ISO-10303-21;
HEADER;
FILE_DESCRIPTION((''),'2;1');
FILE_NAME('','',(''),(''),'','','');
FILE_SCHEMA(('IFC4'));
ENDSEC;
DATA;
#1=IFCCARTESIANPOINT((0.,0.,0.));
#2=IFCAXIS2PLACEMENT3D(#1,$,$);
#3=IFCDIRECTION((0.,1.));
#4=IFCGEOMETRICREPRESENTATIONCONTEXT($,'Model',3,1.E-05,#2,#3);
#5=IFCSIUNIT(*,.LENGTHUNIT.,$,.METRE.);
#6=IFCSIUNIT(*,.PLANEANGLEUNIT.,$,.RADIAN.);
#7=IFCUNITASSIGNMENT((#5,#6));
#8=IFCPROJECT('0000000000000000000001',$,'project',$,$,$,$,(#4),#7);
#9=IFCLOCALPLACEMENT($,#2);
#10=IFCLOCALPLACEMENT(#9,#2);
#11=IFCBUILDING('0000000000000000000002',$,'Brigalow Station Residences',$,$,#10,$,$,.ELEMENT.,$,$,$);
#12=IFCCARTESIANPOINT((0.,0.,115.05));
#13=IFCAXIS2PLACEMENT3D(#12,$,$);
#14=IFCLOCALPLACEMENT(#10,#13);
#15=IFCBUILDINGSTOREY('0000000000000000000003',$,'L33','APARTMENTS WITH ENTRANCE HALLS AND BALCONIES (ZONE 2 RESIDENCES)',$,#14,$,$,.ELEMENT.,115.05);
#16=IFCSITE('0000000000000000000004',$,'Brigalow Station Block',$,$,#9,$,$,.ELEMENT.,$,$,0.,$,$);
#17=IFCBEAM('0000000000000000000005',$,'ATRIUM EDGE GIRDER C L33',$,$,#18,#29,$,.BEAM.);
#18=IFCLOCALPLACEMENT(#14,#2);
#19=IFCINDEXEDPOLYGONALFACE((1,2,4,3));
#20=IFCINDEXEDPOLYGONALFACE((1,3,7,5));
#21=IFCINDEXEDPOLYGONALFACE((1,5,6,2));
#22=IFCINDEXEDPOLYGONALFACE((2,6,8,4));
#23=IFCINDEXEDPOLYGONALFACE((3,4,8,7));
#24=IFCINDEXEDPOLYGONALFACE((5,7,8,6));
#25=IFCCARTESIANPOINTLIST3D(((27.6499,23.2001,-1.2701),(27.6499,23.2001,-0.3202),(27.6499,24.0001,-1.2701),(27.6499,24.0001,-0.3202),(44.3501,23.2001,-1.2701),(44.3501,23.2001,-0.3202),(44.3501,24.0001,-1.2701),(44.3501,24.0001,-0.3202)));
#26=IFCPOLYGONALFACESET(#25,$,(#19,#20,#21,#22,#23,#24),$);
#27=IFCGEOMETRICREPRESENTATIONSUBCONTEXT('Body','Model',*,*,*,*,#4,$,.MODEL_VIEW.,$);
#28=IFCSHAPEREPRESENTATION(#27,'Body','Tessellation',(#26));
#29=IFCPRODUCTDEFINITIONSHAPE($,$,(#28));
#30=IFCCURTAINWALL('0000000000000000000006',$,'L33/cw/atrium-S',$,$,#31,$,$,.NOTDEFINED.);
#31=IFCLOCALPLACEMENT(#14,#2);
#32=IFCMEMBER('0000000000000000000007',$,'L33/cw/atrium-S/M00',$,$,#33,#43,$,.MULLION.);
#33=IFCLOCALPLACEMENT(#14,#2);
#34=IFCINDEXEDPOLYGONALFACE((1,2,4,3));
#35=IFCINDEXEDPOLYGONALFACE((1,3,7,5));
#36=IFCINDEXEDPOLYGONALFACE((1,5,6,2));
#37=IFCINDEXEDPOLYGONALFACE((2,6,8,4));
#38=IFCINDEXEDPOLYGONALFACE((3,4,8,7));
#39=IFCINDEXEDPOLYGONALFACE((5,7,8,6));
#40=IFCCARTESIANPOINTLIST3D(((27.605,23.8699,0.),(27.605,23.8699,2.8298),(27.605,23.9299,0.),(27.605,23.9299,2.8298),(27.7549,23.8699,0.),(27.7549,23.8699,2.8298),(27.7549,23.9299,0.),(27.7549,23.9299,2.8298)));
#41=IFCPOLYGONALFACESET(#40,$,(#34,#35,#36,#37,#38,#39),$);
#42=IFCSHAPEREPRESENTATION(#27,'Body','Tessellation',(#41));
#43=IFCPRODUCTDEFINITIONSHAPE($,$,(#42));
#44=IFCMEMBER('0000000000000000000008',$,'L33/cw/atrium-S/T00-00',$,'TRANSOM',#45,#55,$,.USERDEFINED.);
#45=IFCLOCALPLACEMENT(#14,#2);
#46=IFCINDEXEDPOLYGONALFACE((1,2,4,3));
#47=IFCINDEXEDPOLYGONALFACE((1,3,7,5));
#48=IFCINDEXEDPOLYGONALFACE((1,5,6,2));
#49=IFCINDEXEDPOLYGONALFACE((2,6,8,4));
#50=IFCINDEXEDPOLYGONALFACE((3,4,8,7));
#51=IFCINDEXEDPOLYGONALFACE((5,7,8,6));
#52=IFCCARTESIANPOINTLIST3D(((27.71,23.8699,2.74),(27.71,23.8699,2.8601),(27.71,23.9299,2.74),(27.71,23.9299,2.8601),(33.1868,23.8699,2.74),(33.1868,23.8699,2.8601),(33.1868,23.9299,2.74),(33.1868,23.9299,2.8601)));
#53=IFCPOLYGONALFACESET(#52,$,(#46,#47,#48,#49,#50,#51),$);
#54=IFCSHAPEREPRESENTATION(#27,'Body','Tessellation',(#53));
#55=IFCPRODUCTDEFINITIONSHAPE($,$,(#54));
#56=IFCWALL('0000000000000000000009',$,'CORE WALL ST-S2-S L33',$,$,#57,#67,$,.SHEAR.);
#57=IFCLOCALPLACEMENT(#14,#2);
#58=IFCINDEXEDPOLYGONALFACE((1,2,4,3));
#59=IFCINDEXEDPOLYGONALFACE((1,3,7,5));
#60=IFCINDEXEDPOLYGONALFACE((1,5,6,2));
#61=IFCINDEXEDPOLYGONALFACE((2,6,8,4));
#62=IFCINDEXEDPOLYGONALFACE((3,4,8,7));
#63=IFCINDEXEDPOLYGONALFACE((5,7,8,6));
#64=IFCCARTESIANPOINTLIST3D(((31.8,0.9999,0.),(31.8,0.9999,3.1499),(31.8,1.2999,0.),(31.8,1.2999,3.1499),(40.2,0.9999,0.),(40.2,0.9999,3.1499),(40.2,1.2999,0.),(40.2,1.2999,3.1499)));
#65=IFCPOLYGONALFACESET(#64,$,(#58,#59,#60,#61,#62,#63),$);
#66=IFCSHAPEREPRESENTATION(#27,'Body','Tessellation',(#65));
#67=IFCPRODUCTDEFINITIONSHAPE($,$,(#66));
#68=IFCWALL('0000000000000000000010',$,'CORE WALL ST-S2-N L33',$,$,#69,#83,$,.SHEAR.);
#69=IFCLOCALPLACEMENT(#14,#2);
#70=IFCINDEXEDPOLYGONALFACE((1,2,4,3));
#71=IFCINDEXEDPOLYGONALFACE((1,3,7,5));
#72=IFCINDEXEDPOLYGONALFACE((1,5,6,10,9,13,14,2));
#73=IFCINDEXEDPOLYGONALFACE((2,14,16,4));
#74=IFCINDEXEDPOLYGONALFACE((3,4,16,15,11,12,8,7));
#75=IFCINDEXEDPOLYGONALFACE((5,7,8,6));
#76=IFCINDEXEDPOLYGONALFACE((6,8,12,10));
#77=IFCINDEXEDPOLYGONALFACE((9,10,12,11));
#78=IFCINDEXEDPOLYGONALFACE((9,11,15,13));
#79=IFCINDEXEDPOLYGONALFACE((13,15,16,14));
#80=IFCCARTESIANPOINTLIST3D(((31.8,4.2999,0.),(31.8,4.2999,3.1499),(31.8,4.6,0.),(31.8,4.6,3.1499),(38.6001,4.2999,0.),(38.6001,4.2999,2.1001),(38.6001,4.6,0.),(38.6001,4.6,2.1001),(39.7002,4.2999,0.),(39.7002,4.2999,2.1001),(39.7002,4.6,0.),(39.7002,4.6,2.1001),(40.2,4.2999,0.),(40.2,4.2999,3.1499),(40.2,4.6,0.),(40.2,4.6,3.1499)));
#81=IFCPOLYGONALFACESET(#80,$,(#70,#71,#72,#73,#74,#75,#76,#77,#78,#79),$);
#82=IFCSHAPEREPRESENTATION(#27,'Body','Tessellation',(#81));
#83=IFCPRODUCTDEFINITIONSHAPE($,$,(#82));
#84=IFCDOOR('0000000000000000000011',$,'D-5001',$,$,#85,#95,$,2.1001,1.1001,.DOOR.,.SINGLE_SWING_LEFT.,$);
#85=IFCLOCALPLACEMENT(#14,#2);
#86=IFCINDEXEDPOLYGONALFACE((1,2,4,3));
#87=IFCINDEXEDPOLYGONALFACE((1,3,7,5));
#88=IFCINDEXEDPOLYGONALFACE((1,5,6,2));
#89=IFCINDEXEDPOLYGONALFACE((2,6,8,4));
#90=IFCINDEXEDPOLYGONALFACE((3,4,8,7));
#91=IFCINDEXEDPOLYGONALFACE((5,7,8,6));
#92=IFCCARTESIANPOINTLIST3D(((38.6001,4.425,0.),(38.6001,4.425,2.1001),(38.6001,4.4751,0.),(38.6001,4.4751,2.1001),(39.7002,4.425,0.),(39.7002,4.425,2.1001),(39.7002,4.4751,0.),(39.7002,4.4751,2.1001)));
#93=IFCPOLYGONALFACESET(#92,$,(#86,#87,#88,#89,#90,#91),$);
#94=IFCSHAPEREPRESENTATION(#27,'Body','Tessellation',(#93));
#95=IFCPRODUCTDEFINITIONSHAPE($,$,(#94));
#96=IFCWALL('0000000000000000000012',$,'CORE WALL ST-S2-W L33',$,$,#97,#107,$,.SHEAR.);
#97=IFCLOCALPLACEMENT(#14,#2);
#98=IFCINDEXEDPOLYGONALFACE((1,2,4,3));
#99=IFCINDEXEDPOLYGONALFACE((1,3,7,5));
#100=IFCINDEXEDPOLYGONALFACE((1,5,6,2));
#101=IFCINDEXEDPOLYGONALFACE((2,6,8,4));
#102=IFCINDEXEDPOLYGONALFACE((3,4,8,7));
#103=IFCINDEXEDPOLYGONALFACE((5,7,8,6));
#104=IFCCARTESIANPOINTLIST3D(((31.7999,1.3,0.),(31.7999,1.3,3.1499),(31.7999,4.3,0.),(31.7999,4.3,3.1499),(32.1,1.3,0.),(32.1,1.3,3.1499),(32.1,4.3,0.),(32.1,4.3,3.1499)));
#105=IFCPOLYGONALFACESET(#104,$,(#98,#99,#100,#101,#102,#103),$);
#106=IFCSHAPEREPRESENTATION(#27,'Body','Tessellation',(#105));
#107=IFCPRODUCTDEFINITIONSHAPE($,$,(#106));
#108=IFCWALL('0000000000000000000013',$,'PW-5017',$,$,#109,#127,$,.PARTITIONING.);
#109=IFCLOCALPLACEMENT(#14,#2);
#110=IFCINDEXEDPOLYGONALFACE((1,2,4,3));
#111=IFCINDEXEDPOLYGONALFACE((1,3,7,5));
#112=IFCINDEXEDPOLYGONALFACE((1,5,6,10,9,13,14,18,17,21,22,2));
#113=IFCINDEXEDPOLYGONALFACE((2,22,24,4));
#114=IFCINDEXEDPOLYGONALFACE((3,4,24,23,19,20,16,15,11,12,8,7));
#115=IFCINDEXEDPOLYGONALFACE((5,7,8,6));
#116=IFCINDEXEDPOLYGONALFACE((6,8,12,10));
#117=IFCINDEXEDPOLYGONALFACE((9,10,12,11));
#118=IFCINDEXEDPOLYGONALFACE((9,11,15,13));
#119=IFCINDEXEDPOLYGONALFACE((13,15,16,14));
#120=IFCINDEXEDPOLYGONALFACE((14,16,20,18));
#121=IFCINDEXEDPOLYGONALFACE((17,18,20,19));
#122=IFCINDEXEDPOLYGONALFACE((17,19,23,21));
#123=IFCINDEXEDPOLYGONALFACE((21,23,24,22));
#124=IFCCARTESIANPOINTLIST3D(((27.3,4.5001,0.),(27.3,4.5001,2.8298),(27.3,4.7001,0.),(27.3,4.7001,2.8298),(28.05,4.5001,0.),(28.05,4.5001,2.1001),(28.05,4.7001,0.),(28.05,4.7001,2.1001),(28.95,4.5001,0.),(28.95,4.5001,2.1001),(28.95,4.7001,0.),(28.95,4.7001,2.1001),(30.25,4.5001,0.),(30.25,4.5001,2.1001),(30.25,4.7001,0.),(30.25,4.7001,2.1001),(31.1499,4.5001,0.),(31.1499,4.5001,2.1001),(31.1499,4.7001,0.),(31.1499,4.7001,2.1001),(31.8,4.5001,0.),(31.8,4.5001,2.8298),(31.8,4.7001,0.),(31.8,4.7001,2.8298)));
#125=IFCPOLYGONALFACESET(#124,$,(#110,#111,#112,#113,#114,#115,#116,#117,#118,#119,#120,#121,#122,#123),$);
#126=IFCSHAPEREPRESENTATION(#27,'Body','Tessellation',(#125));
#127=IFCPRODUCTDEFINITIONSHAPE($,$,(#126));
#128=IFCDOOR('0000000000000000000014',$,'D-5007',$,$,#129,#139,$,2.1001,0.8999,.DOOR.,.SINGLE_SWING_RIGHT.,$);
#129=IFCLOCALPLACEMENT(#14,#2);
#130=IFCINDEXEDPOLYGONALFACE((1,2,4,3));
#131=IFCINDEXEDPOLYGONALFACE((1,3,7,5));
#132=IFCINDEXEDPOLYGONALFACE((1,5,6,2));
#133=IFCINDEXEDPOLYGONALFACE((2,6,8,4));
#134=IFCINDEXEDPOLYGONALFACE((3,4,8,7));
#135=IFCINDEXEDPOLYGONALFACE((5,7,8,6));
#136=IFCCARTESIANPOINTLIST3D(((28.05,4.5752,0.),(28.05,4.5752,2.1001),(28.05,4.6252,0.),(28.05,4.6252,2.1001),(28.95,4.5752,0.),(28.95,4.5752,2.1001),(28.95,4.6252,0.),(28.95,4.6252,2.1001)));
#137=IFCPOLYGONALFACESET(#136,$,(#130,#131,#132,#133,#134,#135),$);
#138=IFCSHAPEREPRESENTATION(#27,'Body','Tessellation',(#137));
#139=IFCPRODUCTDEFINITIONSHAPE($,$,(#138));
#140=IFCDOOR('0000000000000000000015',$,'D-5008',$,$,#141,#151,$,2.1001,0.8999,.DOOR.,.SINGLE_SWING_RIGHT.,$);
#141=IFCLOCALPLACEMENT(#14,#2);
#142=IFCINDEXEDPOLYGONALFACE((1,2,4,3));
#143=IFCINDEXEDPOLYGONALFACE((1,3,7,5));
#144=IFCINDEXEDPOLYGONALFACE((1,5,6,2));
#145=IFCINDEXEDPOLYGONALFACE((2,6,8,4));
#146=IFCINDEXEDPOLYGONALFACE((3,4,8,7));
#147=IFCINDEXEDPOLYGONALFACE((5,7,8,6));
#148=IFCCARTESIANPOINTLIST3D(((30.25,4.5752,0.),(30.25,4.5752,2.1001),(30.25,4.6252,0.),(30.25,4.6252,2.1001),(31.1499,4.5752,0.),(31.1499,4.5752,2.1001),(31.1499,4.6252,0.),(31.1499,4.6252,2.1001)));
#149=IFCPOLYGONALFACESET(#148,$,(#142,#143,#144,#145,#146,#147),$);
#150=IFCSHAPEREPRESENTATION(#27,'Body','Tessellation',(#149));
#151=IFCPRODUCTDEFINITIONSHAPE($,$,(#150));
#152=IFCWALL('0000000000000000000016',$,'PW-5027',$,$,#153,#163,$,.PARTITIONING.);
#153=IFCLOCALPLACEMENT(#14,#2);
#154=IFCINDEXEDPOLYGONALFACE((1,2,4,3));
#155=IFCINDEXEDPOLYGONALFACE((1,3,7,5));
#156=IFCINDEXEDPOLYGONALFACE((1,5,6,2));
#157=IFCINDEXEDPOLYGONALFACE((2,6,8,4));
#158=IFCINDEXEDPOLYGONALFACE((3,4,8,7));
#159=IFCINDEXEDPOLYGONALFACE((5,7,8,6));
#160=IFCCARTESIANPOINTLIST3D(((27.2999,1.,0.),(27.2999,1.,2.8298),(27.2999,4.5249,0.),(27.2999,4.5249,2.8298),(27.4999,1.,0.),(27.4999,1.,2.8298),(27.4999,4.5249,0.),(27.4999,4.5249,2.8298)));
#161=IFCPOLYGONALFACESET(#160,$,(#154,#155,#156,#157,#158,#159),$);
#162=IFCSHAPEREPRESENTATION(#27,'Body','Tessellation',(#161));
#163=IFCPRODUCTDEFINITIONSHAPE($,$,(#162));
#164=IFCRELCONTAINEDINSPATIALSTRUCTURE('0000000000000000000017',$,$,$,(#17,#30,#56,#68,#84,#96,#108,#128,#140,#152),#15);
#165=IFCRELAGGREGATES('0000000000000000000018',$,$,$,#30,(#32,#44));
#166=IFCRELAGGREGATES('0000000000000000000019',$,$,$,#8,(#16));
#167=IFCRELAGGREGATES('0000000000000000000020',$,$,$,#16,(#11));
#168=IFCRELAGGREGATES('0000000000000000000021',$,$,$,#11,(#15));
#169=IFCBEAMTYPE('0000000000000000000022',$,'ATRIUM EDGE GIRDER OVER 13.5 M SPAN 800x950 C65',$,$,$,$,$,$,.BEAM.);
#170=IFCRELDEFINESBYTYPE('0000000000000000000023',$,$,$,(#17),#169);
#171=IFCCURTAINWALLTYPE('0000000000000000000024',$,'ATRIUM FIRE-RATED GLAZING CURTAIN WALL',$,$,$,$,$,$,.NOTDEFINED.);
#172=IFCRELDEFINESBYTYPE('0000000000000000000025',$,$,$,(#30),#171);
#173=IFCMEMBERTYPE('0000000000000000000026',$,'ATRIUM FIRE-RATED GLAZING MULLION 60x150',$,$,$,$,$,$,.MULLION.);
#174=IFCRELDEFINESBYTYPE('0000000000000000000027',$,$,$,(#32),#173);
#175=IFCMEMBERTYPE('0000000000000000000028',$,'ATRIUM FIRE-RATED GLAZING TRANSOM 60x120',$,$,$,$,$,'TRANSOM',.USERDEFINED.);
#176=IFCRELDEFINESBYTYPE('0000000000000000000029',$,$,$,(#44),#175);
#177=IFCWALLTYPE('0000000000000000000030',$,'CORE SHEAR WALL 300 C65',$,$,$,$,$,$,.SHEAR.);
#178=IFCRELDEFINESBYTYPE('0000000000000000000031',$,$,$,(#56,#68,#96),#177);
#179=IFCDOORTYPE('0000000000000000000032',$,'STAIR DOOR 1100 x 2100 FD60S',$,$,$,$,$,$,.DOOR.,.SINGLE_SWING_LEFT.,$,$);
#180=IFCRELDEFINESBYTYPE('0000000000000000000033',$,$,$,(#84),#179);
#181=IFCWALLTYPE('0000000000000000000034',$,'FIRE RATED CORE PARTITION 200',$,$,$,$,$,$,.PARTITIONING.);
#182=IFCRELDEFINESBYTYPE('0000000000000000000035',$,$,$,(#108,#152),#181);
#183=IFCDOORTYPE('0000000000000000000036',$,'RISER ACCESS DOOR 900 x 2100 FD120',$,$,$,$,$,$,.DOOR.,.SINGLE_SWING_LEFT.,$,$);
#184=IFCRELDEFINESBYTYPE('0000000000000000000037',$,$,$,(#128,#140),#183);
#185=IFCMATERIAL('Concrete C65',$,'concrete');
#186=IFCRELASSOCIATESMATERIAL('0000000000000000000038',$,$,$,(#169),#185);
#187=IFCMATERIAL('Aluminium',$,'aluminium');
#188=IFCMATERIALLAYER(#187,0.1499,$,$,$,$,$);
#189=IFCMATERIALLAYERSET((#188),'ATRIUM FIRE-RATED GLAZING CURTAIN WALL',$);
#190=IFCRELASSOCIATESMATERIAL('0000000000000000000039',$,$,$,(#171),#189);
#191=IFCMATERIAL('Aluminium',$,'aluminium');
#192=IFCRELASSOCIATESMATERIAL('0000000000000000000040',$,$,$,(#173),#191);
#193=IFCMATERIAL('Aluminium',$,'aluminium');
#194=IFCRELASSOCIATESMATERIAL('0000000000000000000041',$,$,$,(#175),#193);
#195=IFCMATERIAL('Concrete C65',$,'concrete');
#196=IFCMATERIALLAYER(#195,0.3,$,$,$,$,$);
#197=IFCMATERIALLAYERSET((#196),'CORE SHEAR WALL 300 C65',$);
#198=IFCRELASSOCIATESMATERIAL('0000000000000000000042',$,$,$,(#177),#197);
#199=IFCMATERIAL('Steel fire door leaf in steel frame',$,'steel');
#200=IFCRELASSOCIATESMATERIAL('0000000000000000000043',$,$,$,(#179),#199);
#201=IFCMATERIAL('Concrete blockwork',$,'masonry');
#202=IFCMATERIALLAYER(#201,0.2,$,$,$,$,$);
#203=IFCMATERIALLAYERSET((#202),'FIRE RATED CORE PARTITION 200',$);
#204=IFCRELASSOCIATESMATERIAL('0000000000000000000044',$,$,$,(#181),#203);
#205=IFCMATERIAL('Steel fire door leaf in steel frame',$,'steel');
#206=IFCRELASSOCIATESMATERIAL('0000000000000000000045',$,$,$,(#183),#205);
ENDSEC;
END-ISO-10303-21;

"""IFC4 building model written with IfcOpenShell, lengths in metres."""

from ifc_helpers import new_model, si_unit, direction, frame, frame_2d, origin, origin_2d, place, context, subcontext, project, spatial, rectangle, extrude, material, layer, layer_set, material_profile, profile_set, type_object, element, fill, aggregate, save


model = new_model("IFC4")

# Units and contexts
model_context = context("Model", 3, precision=1e-05, world=origin(), true_north=direction((0.0, 1.0)))
body_context = subcontext(model_context, "Body", "Model", "MODEL_VIEW")
ifc_project = project(units=[si_unit("LENGTHUNIT", "METRE"), si_unit("PLANEANGLEUNIT", "RADIAN")], contexts=[model_context])

# Site, building, storey
site_placement = place(None, origin())
site = spatial("IfcSite", under=ifc_project, at=site_placement, Name="Brigalow Station Block", CompositionType="ELEMENT", RefElevation=0.0)
building_placement = place(site_placement, origin())
building = spatial("IfcBuilding", under=site, at=building_placement, Name="Brigalow Station Residences", CompositionType="ELEMENT")
storey_placement = place(building_placement, frame((0.0, 0.0, 115.05)))
storey = spatial("IfcBuildingStorey", under=building, at=storey_placement, Name="L33", Description="APARTMENTS WITH ENTRANCE HALLS AND BALCONIES (ZONE 2 RESIDENCES)", CompositionType="ELEMENT", Elevation=115.05)

# Beam
ifc_material_1 = material(Name="Concrete C65", Category="concrete")
ifc_material_profile_1 = material_profile(ifc_material_1, rectangle(XDim=0.8, YDim=0.95, at=origin_2d()), Name="RC800x950")
ifc_profile_set_1 = profile_set([ifc_material_profile_1], Name="Concrete C65")
beam_type = type_object("IfcBeamType", Name="ATRIUM EDGE GIRDER OVER 13.5 M SPAN 800x950 C65", PredefinedType="BEAM", material=ifc_profile_set_1)
beam_placement = place(storey_placement, frame((27.6499, 23.6001, -0.7952), z_axis=(1.0, 0.0, 0.0), x_axis=(0.0, 1.0, 0.0)))
element("IfcBeam", 1, at=beam_placement, inside=storey, type_object=beam_type, Name="ATRIUM EDGE GIRDER C L33", PredefinedType="BEAM", context=body_context, shape_type="SweptSolid", body=[
    extrude(rectangle(XDim=0.8, YDim=0.95, at=origin_2d()), origin(), (0.0, 0.0, 1.0), 16.7002),
])

# Curtain wall, members
ifc_material_2 = material(Name="Aluminium", Category="aluminium")
ifc_layer_1 = layer(ifc_material_2, 0.1499)
ifc_layer_set_1 = layer_set([ifc_layer_1], Name="ATRIUM FIRE-RATED GLAZING CURTAIN WALL")
curtain_wall_type = type_object("IfcCurtainWallType", Name="ATRIUM FIRE-RATED GLAZING CURTAIN WALL", PredefinedType="NOTDEFINED", material=ifc_layer_set_1)
curtain_wall_placement = place(storey_placement, origin())
curtain_wall = element("IfcCurtainWall", 2, at=curtain_wall_placement, inside=storey, type_object=curtain_wall_type, Name="L33/cw/atrium-S", PredefinedType="NOTDEFINED")
ifc_material_3 = material(Name="Aluminium", Category="aluminium")
ifc_material_profile_2 = material_profile(ifc_material_3, rectangle(XDim=0.0601, YDim=0.1499, at=origin_2d()), Name="ATRIUM FIRE-RATED GLAZING MULLION 60x150")
ifc_profile_set_2 = profile_set([ifc_material_profile_2], Name="Aluminium")
member_type_1 = type_object("IfcMemberType", Name="ATRIUM FIRE-RATED GLAZING MULLION 60x150", PredefinedType="MULLION", material=ifc_profile_set_2)
member_1_placement = place(storey_placement, frame((27.6799, 23.8999, 0.0), z_axis=(0.0, 0.0, 1.0), x_axis=(0.0, 1.0, 0.0)))
member_1 = element("IfcMember", 3, at=member_1_placement, type_object=member_type_1, Name="L33/cw/atrium-S/M00", PredefinedType="MULLION", context=body_context, shape_type="SweptSolid", body=[
    extrude(rectangle(XDim=0.0601, YDim=0.1499, at=origin_2d()), origin(), (0.0, 0.0, 1.0), 2.8298),
])
ifc_material_4 = material(Name="Aluminium", Category="aluminium")
ifc_material_profile_3 = material_profile(ifc_material_4, rectangle(XDim=0.0601, YDim=0.1201, at=origin_2d()), Name="ATRIUM FIRE-RATED GLAZING TRANSOM 60x120")
ifc_profile_set_3 = profile_set([ifc_material_profile_3], Name="Aluminium")
member_type_2 = type_object("IfcMemberType", Name="ATRIUM FIRE-RATED GLAZING TRANSOM 60x120", ElementType="TRANSOM", PredefinedType="USERDEFINED", material=ifc_profile_set_3)
member_2_placement = place(storey_placement, frame((27.71, 23.8999, 2.8), z_axis=(1.0, 0.0, 0.0), x_axis=(0.0, 1.0, 0.0)))
member_2 = element("IfcMember", 4, at=member_2_placement, type_object=member_type_2, Name="L33/cw/atrium-S/T00-00", ObjectType="TRANSOM", PredefinedType="USERDEFINED", context=body_context, shape_type="SweptSolid", body=[
    extrude(rectangle(XDim=0.0601, YDim=0.1201, at=origin_2d()), origin(), (0.0, 0.0, 1.0), 5.4768),
])
aggregate(curtain_wall, [member_1, member_2])

# Wall
ifc_material_5 = material(Name="Concrete C65", Category="concrete")
ifc_layer_2 = layer(ifc_material_5, 0.3)
ifc_layer_set_2 = layer_set([ifc_layer_2], Name="CORE SHEAR WALL 300 C65")
wall_type_1 = type_object("IfcWallType", Name="CORE SHEAR WALL 300 C65", PredefinedType="SHEAR", material=ifc_layer_set_2)
wall_1_placement = place(storey_placement, frame((31.8, 1.1499, 0.0), z_axis=(0.0, 0.0, 1.0), x_axis=(1.0, 0.0, 0.0)))
element("IfcWall", 5, at=wall_1_placement, inside=storey, type_object=wall_type_1, Name="CORE WALL ST-S2-S L33", PredefinedType="SHEAR", context=body_context, shape_type="SweptSolid", body=[
    extrude(rectangle(XDim=8.3999, YDim=0.3, at=frame_2d((4.2, 0.0))), origin(), (0.0, 0.0, 1.0), 3.1499),
])

# Wall, opening, door
wall_2_placement = place(storey_placement, frame((31.8, 4.45, 0.0), z_axis=(0.0, 0.0, 1.0), x_axis=(1.0, 0.0, 0.0)))
wall_2 = element("IfcWall", 6, at=wall_2_placement, inside=storey, type_object=wall_type_1, Name="CORE WALL ST-S2-N L33", PredefinedType="SHEAR", context=body_context, shape_type="SweptSolid", body=[
    extrude(rectangle(XDim=8.3999, YDim=0.3, at=frame_2d((4.2, 0.0))), origin(), (0.0, 0.0, 1.0), 3.1499),
])
opening_1_placement = place(wall_2_placement, frame((6.8, 0.0, 0.0)))
opening_1 = element("IfcOpeningElement", 7, at=opening_1_placement, cuts=wall_2, PredefinedType="OPENING", context=body_context, shape_type="SweptSolid", body=[
    extrude(rectangle(XDim=1.1001, YDim=2.1001, at=frame_2d((0.55, 1.05))), frame((0.0, 0.1602, 0.0), z_axis=(0.0, -1.0, 0.0), x_axis=(1.0, 0.0, 0.0)), (0.0, 0.0, 1.0), 0.3201),
])
ifc_material_6 = material(Name="Steel fire door leaf in steel frame", Category="steel")
door_type_1 = type_object("IfcDoorType", Name="STAIR DOOR 1100 x 2100 FD60S", OperationType="SINGLE_SWING_LEFT", PredefinedType="DOOR", material=ifc_material_6)
door_1_placement = place(opening_1_placement, frame((1.1001, 0.0, 0.0), z_axis=(0.0, 0.0, 1.0), x_axis=(-1.0, 0.0, 0.0)))
door_1 = element("IfcDoor", 8, at=door_1_placement, inside=storey, type_object=door_type_1, Name="D-5001", OperationType="SINGLE_SWING_LEFT", OverallHeight=2.1001, OverallWidth=1.1001, PredefinedType="DOOR", context=body_context, shape_type="SweptSolid", body=[
    extrude(rectangle(XDim=1.1001, YDim=2.1001, at=frame_2d((0.55, 1.05))), frame((0.0, 0.0249, 0.0), z_axis=(0.0, -1.0, 0.0), x_axis=(1.0, 0.0, 0.0)), (0.0, 0.0, 1.0), 0.05),
])
fill(opening_1, door_1)

# Wall
wall_3_placement = place(storey_placement, frame((31.95, 1.3, 0.0), z_axis=(0.0, 0.0, 1.0), x_axis=(0.0, 1.0, 0.0)))
element("IfcWall", 9, at=wall_3_placement, inside=storey, type_object=wall_type_1, Name="CORE WALL ST-S2-W L33", PredefinedType="SHEAR", context=body_context, shape_type="SweptSolid", body=[
    extrude(rectangle(XDim=3.0, YDim=0.3, at=frame_2d((1.5, 0.0))), origin(), (0.0, 0.0, 1.0), 3.1499),
])

# Wall, openings, doors
ifc_material_7 = material(Name="Concrete blockwork", Category="masonry")
ifc_layer_3 = layer(ifc_material_7, 0.2)
ifc_layer_set_3 = layer_set([ifc_layer_3], Name="FIRE RATED CORE PARTITION 200")
wall_type_2 = type_object("IfcWallType", Name="FIRE RATED CORE PARTITION 200", PredefinedType="PARTITIONING", material=ifc_layer_set_3)
wall_4_placement = place(storey_placement, frame((27.3, 4.6001, 0.0), z_axis=(0.0, 0.0, 1.0), x_axis=(1.0, 0.0, 0.0)))
wall_4 = element("IfcWall", 10, at=wall_4_placement, inside=storey, type_object=wall_type_2, Name="PW-5017", PredefinedType="PARTITIONING", context=body_context, shape_type="SweptSolid", body=[
    extrude(rectangle(XDim=4.5, YDim=0.2, at=frame_2d((2.25, 0.0))), origin(), (0.0, 0.0, 1.0), 2.8298),
])
opening_2_placement = place(wall_4_placement, frame((0.75, 0.0, 0.0)))
opening_2 = element("IfcOpeningElement", 11, at=opening_2_placement, cuts=wall_4, PredefinedType="OPENING", context=body_context, shape_type="SweptSolid", body=[
    extrude(rectangle(XDim=0.8999, YDim=2.1001, at=frame_2d((0.45, 1.05))), frame((0.0, 0.1099, 0.0), z_axis=(0.0, -1.0, 0.0), x_axis=(1.0, 0.0, 0.0)), (0.0, 0.0, 1.0), 0.22),
])
opening_3_placement = place(wall_4_placement, frame((2.95, 0.0, 0.0)))
opening_3 = element("IfcOpeningElement", 12, at=opening_3_placement, cuts=wall_4, PredefinedType="OPENING", context=body_context, shape_type="SweptSolid", body=[
    extrude(rectangle(XDim=0.8999, YDim=2.1001, at=frame_2d((0.45, 1.05))), frame((0.0, 0.1099, 0.0), z_axis=(0.0, -1.0, 0.0), x_axis=(1.0, 0.0, 0.0)), (0.0, 0.0, 1.0), 0.22),
])
ifc_material_8 = material(Name="Steel fire door leaf in steel frame", Category="steel")
door_type_2 = type_object("IfcDoorType", Name="RISER ACCESS DOOR 900 x 2100 FD120", OperationType="SINGLE_SWING_LEFT", PredefinedType="DOOR", material=ifc_material_8)
door_2_placement = place(opening_2_placement, frame((0.8999, 0.0, 0.0), z_axis=(0.0, 0.0, 1.0), x_axis=(-1.0, 0.0, 0.0)))
door_2 = element("IfcDoor", 13, at=door_2_placement, inside=storey, type_object=door_type_2, Name="D-5007", OperationType="SINGLE_SWING_RIGHT", OverallHeight=2.1001, OverallWidth=0.8999, PredefinedType="DOOR", context=body_context, shape_type="SweptSolid", body=[
    extrude(rectangle(XDim=0.8999, YDim=2.1001, at=frame_2d((0.45, 1.05))), frame((0.0, 0.0249, 0.0), z_axis=(0.0, -1.0, 0.0), x_axis=(1.0, 0.0, 0.0)), (0.0, 0.0, 1.0), 0.05),
])
fill(opening_2, door_2)
door_3_placement = place(opening_3_placement, frame((0.8999, 0.0, 0.0), z_axis=(0.0, 0.0, 1.0), x_axis=(-1.0, 0.0, 0.0)))
door_3 = element("IfcDoor", 14, at=door_3_placement, inside=storey, type_object=door_type_2, Name="D-5008", OperationType="SINGLE_SWING_RIGHT", OverallHeight=2.1001, OverallWidth=0.8999, PredefinedType="DOOR", context=body_context, shape_type="SweptSolid", body=[
    extrude(rectangle(XDim=0.8999, YDim=2.1001, at=frame_2d((0.45, 1.05))), frame((0.0, 0.0249, 0.0), z_axis=(0.0, -1.0, 0.0), x_axis=(1.0, 0.0, 0.0)), (0.0, 0.0, 1.0), 0.05),
])
fill(opening_3, door_3)

# Wall
wall_5_placement = place(storey_placement, frame((27.3999, 1.0, 0.0), z_axis=(0.0, 0.0, 1.0), x_axis=(0.0, 1.0, 0.0)))
element("IfcWall", 15, at=wall_5_placement, inside=storey, type_object=wall_type_2, Name="PW-5027", PredefinedType="PARTITIONING", context=body_context, shape_type="SweptSolid", body=[
    extrude(rectangle(XDim=3.5249, YDim=0.2, at=frame_2d((1.7625, 0.0))), origin(), (0.0, 0.0, 1.0), 2.8298),
])

save(model, "model.ifc")
